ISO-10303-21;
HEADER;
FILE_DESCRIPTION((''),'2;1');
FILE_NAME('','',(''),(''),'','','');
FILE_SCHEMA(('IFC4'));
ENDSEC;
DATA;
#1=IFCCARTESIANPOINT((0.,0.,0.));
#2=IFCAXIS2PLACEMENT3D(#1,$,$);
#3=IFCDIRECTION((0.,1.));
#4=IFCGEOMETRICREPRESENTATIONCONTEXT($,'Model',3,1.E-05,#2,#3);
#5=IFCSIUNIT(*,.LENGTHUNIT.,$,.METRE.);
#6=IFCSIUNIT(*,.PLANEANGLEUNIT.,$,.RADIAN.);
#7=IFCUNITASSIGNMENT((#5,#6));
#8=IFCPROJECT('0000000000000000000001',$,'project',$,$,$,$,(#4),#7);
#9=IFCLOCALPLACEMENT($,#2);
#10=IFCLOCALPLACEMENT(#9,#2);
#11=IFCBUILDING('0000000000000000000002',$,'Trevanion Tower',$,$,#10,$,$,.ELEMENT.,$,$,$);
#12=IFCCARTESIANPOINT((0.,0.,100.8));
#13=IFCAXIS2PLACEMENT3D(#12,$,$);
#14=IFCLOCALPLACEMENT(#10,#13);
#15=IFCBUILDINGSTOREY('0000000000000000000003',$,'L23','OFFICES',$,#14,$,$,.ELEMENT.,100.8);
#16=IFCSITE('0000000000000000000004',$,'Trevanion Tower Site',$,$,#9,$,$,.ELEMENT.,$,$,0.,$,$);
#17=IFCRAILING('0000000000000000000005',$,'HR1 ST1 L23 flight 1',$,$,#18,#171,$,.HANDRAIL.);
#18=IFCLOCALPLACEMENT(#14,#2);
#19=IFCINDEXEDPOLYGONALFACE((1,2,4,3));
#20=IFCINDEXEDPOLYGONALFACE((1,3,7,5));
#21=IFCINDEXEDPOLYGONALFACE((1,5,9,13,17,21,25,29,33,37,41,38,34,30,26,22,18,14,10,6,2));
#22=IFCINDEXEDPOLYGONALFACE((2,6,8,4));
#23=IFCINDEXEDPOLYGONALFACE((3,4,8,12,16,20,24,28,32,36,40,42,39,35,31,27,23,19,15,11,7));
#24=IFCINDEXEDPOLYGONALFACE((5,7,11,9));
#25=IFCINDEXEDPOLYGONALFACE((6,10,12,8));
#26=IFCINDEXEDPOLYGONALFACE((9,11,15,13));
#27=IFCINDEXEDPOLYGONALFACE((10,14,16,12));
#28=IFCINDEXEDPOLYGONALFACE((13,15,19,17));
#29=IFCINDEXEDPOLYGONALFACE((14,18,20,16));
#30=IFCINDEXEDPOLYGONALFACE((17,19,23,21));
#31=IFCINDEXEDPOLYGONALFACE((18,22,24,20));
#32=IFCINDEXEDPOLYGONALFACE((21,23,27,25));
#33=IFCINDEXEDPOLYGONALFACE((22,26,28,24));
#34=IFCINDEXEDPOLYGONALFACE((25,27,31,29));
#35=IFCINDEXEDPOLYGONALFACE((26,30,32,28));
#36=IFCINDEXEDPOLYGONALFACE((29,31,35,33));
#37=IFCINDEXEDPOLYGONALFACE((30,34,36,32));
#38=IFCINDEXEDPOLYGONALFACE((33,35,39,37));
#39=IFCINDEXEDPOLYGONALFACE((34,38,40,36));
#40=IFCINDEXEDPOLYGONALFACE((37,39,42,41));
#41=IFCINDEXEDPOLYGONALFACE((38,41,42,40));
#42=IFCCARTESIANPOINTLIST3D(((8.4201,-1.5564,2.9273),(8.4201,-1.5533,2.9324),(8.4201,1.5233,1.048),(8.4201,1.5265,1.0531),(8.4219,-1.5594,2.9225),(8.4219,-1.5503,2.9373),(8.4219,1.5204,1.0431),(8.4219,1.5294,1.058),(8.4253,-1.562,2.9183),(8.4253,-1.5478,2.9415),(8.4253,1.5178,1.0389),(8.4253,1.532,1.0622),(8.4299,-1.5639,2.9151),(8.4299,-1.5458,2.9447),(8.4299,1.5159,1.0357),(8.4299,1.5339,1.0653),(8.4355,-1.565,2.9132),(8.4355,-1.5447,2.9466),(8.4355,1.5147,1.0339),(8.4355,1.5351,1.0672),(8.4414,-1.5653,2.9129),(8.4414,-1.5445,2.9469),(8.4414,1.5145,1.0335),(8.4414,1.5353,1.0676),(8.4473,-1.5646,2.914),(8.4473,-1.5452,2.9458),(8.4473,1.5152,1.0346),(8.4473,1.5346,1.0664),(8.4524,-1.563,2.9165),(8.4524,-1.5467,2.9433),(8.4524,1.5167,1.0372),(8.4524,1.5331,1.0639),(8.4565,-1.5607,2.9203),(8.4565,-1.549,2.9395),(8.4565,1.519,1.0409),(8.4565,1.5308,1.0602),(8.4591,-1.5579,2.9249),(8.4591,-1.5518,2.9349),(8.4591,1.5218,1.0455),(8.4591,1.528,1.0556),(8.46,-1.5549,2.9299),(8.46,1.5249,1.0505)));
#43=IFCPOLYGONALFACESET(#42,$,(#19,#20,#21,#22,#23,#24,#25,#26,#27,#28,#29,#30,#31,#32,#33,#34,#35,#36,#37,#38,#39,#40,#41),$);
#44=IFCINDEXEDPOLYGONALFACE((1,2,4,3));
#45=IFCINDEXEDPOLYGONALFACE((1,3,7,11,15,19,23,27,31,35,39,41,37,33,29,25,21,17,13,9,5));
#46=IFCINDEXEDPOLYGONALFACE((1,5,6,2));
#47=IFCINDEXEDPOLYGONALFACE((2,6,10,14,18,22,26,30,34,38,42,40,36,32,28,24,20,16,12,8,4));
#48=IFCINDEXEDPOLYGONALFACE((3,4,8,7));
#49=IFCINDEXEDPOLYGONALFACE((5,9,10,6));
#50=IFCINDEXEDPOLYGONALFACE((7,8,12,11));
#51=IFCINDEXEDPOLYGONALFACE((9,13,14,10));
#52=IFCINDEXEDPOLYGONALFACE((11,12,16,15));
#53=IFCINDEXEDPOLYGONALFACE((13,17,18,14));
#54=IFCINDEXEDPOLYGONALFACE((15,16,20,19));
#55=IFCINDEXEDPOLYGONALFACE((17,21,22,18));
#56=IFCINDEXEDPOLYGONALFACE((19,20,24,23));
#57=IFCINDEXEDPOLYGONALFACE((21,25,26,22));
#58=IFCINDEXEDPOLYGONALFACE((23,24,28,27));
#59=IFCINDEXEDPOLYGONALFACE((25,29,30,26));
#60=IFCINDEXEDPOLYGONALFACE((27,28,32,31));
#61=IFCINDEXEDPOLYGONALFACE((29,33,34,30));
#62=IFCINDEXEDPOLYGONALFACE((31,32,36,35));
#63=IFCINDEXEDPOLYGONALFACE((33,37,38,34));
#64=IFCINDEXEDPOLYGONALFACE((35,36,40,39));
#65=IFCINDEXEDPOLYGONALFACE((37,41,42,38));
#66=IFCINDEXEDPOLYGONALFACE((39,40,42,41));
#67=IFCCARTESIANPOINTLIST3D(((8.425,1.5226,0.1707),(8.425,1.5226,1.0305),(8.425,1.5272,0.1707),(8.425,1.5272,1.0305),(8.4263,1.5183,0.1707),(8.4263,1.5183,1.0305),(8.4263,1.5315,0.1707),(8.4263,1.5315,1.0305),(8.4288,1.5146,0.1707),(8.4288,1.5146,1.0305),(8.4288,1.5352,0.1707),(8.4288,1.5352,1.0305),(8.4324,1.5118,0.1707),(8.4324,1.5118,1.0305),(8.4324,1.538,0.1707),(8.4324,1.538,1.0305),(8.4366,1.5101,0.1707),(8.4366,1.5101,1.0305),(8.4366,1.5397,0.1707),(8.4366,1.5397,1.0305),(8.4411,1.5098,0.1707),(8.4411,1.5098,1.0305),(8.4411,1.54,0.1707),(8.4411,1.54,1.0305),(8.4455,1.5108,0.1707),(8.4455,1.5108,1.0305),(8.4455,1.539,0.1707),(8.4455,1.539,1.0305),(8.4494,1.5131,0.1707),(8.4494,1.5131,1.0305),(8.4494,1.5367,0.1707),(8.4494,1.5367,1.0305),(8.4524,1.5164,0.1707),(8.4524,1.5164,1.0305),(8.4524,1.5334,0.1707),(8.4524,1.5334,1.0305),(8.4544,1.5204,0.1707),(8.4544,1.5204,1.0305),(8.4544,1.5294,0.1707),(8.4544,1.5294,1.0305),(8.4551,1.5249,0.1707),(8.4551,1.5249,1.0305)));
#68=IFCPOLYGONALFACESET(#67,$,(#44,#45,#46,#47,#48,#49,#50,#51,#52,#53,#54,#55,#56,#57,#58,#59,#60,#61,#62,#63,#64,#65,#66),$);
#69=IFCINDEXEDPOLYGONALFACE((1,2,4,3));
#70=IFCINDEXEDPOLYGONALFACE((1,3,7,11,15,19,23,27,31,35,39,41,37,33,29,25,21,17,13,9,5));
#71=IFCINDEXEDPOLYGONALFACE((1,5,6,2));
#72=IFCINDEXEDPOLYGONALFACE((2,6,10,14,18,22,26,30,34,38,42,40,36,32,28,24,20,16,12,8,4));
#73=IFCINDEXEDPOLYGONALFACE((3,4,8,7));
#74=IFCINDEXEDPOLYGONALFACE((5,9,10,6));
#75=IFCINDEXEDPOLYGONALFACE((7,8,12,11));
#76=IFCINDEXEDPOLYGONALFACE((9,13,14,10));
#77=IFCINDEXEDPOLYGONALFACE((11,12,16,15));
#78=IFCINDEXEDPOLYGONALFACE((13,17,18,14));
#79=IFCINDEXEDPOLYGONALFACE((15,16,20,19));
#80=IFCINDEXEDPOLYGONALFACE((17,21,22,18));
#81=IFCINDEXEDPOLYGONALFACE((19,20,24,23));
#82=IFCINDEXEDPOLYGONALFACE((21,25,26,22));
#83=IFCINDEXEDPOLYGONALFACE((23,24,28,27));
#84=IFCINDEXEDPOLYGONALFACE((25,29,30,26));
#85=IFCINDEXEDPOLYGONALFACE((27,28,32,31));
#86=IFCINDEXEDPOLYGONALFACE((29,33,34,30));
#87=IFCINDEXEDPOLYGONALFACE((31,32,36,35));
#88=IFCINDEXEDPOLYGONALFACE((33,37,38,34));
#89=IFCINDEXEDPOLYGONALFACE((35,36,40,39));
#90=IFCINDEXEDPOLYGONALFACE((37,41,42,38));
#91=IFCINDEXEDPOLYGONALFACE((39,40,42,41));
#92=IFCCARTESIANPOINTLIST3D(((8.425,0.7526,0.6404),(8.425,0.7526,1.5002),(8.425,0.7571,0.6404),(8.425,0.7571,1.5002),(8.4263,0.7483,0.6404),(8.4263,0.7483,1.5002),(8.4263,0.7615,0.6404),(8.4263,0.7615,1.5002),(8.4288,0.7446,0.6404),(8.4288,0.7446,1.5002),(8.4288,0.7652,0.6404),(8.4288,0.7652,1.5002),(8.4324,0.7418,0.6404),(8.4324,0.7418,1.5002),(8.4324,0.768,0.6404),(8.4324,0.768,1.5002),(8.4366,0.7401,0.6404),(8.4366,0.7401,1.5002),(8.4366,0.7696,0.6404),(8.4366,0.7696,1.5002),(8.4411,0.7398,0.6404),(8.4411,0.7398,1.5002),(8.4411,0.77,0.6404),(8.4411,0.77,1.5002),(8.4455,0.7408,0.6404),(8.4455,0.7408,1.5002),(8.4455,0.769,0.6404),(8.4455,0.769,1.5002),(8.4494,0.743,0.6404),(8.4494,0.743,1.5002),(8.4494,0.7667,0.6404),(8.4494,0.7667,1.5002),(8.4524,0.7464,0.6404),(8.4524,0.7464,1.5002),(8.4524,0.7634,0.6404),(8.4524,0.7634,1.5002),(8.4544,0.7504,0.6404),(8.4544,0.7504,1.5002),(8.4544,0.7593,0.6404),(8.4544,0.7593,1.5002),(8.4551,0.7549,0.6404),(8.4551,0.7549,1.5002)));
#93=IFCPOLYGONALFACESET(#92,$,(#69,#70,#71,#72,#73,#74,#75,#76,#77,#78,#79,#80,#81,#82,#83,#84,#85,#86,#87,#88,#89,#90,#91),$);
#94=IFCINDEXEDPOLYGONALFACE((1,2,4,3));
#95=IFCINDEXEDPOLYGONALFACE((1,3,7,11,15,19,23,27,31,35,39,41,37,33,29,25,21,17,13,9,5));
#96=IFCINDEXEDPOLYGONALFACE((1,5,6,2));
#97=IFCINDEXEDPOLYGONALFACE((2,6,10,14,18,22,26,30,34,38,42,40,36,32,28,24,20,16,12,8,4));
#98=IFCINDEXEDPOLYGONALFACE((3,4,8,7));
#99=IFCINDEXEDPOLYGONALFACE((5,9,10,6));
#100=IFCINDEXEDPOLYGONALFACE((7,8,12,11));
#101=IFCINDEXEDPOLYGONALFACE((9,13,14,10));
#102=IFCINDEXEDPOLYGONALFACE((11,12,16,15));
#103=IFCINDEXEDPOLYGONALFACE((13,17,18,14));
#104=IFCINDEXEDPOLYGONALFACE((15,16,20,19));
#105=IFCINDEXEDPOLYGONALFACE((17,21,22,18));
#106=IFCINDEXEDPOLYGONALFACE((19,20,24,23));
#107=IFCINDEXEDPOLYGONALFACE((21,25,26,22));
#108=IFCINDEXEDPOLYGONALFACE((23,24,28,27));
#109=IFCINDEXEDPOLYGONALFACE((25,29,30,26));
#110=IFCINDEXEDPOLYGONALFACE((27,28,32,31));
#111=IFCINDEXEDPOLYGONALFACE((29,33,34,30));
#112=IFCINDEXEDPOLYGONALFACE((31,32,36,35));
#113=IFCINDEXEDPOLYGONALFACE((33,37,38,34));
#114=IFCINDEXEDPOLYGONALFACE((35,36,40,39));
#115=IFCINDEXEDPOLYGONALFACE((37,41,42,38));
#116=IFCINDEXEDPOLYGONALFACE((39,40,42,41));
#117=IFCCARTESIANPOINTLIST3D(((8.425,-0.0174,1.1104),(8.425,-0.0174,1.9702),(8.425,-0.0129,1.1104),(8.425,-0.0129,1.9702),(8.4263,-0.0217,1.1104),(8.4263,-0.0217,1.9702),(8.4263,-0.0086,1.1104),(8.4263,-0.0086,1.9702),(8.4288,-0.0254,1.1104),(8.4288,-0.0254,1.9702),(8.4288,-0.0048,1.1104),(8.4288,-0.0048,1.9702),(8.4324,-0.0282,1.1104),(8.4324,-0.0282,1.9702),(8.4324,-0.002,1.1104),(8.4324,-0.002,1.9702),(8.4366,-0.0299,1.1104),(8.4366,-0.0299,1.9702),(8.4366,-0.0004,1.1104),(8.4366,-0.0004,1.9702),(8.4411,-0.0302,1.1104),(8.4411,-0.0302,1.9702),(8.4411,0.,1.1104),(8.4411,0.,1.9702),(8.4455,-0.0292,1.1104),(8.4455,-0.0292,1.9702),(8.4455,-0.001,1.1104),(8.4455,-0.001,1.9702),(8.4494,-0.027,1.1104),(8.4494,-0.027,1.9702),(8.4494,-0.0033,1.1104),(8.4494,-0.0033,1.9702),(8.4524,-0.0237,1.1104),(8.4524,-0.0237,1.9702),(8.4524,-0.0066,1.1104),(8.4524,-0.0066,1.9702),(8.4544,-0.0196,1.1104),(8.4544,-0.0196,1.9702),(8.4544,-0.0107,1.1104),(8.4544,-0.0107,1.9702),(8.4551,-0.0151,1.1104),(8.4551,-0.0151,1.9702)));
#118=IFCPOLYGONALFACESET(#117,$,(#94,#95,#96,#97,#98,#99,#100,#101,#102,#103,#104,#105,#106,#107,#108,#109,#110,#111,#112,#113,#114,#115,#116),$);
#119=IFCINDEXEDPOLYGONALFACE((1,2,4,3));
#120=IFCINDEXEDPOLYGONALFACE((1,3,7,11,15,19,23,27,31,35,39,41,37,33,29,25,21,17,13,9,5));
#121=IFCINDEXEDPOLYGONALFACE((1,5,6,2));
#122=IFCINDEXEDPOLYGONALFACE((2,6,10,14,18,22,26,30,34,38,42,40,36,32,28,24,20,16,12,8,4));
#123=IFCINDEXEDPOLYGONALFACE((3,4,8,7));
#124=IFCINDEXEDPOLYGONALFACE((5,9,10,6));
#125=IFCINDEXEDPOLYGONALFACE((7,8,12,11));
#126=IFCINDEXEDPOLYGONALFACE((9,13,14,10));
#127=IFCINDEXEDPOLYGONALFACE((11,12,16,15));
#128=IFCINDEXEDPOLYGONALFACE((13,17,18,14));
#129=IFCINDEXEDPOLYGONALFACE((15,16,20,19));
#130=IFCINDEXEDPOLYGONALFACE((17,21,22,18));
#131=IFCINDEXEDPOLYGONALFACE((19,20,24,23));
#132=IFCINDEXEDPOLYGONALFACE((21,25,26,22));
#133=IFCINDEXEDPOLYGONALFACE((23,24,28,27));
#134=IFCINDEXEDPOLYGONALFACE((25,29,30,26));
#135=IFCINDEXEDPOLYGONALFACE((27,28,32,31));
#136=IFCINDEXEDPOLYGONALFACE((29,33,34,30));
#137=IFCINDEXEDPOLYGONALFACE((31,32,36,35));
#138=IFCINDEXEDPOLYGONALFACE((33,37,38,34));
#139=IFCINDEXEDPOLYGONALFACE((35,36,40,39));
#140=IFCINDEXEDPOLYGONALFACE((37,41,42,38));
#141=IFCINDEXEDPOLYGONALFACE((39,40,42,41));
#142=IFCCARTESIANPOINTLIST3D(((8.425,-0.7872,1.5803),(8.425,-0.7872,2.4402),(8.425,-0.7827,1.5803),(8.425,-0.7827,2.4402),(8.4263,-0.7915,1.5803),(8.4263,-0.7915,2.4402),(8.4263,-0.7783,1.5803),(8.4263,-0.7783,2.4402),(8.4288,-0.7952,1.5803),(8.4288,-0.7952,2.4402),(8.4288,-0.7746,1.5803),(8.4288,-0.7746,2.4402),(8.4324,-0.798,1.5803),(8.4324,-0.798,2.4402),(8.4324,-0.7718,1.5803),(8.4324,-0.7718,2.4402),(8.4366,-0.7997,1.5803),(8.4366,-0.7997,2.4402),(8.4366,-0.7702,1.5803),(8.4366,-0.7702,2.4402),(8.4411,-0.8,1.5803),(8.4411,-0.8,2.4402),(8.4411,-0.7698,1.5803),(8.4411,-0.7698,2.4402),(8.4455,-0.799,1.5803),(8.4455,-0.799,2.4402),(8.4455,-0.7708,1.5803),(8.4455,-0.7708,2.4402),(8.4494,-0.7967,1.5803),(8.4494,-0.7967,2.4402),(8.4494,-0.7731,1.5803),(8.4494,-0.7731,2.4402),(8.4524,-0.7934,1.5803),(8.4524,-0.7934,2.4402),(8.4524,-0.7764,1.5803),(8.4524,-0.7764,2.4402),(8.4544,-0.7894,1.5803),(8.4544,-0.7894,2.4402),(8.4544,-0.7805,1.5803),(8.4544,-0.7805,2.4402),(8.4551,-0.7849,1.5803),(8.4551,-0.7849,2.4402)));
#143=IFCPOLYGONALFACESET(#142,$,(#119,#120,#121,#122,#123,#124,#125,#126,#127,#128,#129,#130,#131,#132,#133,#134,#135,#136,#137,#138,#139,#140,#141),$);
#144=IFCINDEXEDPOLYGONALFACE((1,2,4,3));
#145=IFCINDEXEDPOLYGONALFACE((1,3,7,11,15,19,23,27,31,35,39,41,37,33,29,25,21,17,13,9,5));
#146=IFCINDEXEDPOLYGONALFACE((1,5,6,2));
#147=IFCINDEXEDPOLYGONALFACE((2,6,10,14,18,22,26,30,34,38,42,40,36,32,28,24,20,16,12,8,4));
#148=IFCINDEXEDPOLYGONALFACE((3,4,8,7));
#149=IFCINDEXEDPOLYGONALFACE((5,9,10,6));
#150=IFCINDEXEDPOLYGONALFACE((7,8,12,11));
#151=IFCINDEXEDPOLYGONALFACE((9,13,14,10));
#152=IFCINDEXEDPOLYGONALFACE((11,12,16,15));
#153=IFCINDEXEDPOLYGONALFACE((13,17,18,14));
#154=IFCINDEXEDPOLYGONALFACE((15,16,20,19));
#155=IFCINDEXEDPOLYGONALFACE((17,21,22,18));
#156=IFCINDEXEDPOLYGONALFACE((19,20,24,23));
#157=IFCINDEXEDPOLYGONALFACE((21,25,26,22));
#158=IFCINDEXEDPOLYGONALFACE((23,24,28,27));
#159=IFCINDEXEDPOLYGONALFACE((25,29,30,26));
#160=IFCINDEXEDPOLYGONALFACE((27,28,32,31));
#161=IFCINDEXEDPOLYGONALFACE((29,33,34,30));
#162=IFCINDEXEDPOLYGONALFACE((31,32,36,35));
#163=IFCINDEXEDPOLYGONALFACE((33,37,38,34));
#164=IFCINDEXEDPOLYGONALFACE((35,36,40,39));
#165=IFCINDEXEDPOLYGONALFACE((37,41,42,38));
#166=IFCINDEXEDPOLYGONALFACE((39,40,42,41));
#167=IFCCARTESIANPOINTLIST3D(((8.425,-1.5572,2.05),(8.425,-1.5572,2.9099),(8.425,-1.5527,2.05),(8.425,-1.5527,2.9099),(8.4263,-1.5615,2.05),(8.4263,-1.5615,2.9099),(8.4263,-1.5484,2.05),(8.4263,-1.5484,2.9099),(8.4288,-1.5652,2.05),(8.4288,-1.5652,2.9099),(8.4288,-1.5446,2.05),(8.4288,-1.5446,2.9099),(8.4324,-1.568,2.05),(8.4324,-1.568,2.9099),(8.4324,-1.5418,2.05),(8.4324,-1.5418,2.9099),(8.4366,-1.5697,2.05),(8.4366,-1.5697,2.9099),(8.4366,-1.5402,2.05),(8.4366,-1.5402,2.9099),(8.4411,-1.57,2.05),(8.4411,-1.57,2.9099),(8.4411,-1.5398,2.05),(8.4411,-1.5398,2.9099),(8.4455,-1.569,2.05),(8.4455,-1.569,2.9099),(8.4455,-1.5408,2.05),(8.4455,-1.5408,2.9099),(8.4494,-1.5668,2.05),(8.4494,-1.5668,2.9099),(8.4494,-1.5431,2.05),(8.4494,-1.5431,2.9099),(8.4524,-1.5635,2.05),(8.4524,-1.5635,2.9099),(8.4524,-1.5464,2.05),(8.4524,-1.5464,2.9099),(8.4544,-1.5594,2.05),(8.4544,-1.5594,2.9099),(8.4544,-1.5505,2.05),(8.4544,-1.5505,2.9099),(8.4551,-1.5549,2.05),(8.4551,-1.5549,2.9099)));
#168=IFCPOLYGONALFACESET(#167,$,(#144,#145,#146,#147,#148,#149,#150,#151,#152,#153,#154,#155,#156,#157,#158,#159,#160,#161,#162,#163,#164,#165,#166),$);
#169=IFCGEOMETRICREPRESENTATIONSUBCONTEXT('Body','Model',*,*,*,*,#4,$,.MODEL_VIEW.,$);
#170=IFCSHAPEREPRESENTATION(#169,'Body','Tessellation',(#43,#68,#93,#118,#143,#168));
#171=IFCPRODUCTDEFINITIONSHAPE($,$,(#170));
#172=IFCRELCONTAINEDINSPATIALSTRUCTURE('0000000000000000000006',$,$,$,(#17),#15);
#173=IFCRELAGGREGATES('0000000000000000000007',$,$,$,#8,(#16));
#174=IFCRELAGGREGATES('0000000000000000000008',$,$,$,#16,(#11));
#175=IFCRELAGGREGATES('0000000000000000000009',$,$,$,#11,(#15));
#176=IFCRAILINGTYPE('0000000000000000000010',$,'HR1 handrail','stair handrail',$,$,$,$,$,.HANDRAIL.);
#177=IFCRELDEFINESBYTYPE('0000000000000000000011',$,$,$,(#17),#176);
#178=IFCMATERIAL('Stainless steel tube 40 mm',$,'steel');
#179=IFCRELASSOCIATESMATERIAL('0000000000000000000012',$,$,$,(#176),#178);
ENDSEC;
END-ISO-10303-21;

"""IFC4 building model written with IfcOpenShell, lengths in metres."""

from ifc_helpers import new_model, si_unit, direction, frame, origin, origin_2d, place, context, subcontext, project, spatial, circle, extrude, material, type_object, element, save


model = new_model("IFC4")

# Units and contexts
model_context = context("Model", 3, precision=1e-05, world=origin(), true_north=direction((0.0, 1.0)))
body_context = subcontext(model_context, "Body", "Model", "MODEL_VIEW")
ifc_project = project(units=[si_unit("LENGTHUNIT", "METRE"), si_unit("PLANEANGLEUNIT", "RADIAN")], contexts=[model_context])

# Site, building, storey
site_placement = place(None, origin())
site = spatial("IfcSite", under=ifc_project, at=site_placement, Name="Trevanion Tower Site", CompositionType="ELEMENT", RefElevation=0.0)
building_placement = place(site_placement, origin())
building = spatial("IfcBuilding", under=site, at=building_placement, Name="Trevanion Tower", CompositionType="ELEMENT")
storey_placement = place(building_placement, frame((0.0, 0.0, 100.8)))
storey = spatial("IfcBuildingStorey", under=building, at=storey_placement, Name="L23", Description="OFFICES", CompositionType="ELEMENT", Elevation=100.8)

# Railing
ifc_material_1 = material(Name="Stainless steel tube 40 mm", Category="steel")
railing_type = type_object("IfcRailingType", Name="HR1 handrail", Description="stair handrail", PredefinedType="HANDRAIL", material=ifc_material_1)
for number, where, name in (
    (1, (8.4399, 1.5249, 0.1707), "HR1 ST1 L23 flight 1"),
):
    element("IfcRailing", number, at=place(storey_placement, frame(where)), inside=storey, type_object=railing_type, Name=name, PredefinedType="HANDRAIL", context=body_context, shape_type="SweptSolid", body=[
        extrude(circle(Radius=0.02, at=origin_2d()), frame((0.0, 0.0, 0.8799), z_axis=(0.0, -0.853618, 0.5209), x_axis=(1.0, 0.0, 0.0)), (0.0, 0.0, 1.0), 3.6079),
        extrude(circle(Radius=0.0151, at=origin_2d()), origin(), (0.0, 0.0, 1.0), 0.8599),
        extrude(circle(Radius=0.0151, at=origin_2d()), frame((0.0, -0.77, 0.4697)), (0.0, 0.0, 1.0), 0.8599),
        extrude(circle(Radius=0.0151, at=origin_2d()), frame((0.0, -1.54, 0.9397)), (0.0, 0.0, 1.0), 0.8599),
        extrude(circle(Radius=0.0151, at=origin_2d()), frame((0.0, -2.3098, 1.4097)), (0.0, 0.0, 1.0), 0.8599),
        extrude(circle(Radius=0.0151, at=origin_2d()), frame((0.0, -3.0798, 1.8794)), (0.0, 0.0, 1.0), 0.8599),
    ])

save(model, "model.ifc")
